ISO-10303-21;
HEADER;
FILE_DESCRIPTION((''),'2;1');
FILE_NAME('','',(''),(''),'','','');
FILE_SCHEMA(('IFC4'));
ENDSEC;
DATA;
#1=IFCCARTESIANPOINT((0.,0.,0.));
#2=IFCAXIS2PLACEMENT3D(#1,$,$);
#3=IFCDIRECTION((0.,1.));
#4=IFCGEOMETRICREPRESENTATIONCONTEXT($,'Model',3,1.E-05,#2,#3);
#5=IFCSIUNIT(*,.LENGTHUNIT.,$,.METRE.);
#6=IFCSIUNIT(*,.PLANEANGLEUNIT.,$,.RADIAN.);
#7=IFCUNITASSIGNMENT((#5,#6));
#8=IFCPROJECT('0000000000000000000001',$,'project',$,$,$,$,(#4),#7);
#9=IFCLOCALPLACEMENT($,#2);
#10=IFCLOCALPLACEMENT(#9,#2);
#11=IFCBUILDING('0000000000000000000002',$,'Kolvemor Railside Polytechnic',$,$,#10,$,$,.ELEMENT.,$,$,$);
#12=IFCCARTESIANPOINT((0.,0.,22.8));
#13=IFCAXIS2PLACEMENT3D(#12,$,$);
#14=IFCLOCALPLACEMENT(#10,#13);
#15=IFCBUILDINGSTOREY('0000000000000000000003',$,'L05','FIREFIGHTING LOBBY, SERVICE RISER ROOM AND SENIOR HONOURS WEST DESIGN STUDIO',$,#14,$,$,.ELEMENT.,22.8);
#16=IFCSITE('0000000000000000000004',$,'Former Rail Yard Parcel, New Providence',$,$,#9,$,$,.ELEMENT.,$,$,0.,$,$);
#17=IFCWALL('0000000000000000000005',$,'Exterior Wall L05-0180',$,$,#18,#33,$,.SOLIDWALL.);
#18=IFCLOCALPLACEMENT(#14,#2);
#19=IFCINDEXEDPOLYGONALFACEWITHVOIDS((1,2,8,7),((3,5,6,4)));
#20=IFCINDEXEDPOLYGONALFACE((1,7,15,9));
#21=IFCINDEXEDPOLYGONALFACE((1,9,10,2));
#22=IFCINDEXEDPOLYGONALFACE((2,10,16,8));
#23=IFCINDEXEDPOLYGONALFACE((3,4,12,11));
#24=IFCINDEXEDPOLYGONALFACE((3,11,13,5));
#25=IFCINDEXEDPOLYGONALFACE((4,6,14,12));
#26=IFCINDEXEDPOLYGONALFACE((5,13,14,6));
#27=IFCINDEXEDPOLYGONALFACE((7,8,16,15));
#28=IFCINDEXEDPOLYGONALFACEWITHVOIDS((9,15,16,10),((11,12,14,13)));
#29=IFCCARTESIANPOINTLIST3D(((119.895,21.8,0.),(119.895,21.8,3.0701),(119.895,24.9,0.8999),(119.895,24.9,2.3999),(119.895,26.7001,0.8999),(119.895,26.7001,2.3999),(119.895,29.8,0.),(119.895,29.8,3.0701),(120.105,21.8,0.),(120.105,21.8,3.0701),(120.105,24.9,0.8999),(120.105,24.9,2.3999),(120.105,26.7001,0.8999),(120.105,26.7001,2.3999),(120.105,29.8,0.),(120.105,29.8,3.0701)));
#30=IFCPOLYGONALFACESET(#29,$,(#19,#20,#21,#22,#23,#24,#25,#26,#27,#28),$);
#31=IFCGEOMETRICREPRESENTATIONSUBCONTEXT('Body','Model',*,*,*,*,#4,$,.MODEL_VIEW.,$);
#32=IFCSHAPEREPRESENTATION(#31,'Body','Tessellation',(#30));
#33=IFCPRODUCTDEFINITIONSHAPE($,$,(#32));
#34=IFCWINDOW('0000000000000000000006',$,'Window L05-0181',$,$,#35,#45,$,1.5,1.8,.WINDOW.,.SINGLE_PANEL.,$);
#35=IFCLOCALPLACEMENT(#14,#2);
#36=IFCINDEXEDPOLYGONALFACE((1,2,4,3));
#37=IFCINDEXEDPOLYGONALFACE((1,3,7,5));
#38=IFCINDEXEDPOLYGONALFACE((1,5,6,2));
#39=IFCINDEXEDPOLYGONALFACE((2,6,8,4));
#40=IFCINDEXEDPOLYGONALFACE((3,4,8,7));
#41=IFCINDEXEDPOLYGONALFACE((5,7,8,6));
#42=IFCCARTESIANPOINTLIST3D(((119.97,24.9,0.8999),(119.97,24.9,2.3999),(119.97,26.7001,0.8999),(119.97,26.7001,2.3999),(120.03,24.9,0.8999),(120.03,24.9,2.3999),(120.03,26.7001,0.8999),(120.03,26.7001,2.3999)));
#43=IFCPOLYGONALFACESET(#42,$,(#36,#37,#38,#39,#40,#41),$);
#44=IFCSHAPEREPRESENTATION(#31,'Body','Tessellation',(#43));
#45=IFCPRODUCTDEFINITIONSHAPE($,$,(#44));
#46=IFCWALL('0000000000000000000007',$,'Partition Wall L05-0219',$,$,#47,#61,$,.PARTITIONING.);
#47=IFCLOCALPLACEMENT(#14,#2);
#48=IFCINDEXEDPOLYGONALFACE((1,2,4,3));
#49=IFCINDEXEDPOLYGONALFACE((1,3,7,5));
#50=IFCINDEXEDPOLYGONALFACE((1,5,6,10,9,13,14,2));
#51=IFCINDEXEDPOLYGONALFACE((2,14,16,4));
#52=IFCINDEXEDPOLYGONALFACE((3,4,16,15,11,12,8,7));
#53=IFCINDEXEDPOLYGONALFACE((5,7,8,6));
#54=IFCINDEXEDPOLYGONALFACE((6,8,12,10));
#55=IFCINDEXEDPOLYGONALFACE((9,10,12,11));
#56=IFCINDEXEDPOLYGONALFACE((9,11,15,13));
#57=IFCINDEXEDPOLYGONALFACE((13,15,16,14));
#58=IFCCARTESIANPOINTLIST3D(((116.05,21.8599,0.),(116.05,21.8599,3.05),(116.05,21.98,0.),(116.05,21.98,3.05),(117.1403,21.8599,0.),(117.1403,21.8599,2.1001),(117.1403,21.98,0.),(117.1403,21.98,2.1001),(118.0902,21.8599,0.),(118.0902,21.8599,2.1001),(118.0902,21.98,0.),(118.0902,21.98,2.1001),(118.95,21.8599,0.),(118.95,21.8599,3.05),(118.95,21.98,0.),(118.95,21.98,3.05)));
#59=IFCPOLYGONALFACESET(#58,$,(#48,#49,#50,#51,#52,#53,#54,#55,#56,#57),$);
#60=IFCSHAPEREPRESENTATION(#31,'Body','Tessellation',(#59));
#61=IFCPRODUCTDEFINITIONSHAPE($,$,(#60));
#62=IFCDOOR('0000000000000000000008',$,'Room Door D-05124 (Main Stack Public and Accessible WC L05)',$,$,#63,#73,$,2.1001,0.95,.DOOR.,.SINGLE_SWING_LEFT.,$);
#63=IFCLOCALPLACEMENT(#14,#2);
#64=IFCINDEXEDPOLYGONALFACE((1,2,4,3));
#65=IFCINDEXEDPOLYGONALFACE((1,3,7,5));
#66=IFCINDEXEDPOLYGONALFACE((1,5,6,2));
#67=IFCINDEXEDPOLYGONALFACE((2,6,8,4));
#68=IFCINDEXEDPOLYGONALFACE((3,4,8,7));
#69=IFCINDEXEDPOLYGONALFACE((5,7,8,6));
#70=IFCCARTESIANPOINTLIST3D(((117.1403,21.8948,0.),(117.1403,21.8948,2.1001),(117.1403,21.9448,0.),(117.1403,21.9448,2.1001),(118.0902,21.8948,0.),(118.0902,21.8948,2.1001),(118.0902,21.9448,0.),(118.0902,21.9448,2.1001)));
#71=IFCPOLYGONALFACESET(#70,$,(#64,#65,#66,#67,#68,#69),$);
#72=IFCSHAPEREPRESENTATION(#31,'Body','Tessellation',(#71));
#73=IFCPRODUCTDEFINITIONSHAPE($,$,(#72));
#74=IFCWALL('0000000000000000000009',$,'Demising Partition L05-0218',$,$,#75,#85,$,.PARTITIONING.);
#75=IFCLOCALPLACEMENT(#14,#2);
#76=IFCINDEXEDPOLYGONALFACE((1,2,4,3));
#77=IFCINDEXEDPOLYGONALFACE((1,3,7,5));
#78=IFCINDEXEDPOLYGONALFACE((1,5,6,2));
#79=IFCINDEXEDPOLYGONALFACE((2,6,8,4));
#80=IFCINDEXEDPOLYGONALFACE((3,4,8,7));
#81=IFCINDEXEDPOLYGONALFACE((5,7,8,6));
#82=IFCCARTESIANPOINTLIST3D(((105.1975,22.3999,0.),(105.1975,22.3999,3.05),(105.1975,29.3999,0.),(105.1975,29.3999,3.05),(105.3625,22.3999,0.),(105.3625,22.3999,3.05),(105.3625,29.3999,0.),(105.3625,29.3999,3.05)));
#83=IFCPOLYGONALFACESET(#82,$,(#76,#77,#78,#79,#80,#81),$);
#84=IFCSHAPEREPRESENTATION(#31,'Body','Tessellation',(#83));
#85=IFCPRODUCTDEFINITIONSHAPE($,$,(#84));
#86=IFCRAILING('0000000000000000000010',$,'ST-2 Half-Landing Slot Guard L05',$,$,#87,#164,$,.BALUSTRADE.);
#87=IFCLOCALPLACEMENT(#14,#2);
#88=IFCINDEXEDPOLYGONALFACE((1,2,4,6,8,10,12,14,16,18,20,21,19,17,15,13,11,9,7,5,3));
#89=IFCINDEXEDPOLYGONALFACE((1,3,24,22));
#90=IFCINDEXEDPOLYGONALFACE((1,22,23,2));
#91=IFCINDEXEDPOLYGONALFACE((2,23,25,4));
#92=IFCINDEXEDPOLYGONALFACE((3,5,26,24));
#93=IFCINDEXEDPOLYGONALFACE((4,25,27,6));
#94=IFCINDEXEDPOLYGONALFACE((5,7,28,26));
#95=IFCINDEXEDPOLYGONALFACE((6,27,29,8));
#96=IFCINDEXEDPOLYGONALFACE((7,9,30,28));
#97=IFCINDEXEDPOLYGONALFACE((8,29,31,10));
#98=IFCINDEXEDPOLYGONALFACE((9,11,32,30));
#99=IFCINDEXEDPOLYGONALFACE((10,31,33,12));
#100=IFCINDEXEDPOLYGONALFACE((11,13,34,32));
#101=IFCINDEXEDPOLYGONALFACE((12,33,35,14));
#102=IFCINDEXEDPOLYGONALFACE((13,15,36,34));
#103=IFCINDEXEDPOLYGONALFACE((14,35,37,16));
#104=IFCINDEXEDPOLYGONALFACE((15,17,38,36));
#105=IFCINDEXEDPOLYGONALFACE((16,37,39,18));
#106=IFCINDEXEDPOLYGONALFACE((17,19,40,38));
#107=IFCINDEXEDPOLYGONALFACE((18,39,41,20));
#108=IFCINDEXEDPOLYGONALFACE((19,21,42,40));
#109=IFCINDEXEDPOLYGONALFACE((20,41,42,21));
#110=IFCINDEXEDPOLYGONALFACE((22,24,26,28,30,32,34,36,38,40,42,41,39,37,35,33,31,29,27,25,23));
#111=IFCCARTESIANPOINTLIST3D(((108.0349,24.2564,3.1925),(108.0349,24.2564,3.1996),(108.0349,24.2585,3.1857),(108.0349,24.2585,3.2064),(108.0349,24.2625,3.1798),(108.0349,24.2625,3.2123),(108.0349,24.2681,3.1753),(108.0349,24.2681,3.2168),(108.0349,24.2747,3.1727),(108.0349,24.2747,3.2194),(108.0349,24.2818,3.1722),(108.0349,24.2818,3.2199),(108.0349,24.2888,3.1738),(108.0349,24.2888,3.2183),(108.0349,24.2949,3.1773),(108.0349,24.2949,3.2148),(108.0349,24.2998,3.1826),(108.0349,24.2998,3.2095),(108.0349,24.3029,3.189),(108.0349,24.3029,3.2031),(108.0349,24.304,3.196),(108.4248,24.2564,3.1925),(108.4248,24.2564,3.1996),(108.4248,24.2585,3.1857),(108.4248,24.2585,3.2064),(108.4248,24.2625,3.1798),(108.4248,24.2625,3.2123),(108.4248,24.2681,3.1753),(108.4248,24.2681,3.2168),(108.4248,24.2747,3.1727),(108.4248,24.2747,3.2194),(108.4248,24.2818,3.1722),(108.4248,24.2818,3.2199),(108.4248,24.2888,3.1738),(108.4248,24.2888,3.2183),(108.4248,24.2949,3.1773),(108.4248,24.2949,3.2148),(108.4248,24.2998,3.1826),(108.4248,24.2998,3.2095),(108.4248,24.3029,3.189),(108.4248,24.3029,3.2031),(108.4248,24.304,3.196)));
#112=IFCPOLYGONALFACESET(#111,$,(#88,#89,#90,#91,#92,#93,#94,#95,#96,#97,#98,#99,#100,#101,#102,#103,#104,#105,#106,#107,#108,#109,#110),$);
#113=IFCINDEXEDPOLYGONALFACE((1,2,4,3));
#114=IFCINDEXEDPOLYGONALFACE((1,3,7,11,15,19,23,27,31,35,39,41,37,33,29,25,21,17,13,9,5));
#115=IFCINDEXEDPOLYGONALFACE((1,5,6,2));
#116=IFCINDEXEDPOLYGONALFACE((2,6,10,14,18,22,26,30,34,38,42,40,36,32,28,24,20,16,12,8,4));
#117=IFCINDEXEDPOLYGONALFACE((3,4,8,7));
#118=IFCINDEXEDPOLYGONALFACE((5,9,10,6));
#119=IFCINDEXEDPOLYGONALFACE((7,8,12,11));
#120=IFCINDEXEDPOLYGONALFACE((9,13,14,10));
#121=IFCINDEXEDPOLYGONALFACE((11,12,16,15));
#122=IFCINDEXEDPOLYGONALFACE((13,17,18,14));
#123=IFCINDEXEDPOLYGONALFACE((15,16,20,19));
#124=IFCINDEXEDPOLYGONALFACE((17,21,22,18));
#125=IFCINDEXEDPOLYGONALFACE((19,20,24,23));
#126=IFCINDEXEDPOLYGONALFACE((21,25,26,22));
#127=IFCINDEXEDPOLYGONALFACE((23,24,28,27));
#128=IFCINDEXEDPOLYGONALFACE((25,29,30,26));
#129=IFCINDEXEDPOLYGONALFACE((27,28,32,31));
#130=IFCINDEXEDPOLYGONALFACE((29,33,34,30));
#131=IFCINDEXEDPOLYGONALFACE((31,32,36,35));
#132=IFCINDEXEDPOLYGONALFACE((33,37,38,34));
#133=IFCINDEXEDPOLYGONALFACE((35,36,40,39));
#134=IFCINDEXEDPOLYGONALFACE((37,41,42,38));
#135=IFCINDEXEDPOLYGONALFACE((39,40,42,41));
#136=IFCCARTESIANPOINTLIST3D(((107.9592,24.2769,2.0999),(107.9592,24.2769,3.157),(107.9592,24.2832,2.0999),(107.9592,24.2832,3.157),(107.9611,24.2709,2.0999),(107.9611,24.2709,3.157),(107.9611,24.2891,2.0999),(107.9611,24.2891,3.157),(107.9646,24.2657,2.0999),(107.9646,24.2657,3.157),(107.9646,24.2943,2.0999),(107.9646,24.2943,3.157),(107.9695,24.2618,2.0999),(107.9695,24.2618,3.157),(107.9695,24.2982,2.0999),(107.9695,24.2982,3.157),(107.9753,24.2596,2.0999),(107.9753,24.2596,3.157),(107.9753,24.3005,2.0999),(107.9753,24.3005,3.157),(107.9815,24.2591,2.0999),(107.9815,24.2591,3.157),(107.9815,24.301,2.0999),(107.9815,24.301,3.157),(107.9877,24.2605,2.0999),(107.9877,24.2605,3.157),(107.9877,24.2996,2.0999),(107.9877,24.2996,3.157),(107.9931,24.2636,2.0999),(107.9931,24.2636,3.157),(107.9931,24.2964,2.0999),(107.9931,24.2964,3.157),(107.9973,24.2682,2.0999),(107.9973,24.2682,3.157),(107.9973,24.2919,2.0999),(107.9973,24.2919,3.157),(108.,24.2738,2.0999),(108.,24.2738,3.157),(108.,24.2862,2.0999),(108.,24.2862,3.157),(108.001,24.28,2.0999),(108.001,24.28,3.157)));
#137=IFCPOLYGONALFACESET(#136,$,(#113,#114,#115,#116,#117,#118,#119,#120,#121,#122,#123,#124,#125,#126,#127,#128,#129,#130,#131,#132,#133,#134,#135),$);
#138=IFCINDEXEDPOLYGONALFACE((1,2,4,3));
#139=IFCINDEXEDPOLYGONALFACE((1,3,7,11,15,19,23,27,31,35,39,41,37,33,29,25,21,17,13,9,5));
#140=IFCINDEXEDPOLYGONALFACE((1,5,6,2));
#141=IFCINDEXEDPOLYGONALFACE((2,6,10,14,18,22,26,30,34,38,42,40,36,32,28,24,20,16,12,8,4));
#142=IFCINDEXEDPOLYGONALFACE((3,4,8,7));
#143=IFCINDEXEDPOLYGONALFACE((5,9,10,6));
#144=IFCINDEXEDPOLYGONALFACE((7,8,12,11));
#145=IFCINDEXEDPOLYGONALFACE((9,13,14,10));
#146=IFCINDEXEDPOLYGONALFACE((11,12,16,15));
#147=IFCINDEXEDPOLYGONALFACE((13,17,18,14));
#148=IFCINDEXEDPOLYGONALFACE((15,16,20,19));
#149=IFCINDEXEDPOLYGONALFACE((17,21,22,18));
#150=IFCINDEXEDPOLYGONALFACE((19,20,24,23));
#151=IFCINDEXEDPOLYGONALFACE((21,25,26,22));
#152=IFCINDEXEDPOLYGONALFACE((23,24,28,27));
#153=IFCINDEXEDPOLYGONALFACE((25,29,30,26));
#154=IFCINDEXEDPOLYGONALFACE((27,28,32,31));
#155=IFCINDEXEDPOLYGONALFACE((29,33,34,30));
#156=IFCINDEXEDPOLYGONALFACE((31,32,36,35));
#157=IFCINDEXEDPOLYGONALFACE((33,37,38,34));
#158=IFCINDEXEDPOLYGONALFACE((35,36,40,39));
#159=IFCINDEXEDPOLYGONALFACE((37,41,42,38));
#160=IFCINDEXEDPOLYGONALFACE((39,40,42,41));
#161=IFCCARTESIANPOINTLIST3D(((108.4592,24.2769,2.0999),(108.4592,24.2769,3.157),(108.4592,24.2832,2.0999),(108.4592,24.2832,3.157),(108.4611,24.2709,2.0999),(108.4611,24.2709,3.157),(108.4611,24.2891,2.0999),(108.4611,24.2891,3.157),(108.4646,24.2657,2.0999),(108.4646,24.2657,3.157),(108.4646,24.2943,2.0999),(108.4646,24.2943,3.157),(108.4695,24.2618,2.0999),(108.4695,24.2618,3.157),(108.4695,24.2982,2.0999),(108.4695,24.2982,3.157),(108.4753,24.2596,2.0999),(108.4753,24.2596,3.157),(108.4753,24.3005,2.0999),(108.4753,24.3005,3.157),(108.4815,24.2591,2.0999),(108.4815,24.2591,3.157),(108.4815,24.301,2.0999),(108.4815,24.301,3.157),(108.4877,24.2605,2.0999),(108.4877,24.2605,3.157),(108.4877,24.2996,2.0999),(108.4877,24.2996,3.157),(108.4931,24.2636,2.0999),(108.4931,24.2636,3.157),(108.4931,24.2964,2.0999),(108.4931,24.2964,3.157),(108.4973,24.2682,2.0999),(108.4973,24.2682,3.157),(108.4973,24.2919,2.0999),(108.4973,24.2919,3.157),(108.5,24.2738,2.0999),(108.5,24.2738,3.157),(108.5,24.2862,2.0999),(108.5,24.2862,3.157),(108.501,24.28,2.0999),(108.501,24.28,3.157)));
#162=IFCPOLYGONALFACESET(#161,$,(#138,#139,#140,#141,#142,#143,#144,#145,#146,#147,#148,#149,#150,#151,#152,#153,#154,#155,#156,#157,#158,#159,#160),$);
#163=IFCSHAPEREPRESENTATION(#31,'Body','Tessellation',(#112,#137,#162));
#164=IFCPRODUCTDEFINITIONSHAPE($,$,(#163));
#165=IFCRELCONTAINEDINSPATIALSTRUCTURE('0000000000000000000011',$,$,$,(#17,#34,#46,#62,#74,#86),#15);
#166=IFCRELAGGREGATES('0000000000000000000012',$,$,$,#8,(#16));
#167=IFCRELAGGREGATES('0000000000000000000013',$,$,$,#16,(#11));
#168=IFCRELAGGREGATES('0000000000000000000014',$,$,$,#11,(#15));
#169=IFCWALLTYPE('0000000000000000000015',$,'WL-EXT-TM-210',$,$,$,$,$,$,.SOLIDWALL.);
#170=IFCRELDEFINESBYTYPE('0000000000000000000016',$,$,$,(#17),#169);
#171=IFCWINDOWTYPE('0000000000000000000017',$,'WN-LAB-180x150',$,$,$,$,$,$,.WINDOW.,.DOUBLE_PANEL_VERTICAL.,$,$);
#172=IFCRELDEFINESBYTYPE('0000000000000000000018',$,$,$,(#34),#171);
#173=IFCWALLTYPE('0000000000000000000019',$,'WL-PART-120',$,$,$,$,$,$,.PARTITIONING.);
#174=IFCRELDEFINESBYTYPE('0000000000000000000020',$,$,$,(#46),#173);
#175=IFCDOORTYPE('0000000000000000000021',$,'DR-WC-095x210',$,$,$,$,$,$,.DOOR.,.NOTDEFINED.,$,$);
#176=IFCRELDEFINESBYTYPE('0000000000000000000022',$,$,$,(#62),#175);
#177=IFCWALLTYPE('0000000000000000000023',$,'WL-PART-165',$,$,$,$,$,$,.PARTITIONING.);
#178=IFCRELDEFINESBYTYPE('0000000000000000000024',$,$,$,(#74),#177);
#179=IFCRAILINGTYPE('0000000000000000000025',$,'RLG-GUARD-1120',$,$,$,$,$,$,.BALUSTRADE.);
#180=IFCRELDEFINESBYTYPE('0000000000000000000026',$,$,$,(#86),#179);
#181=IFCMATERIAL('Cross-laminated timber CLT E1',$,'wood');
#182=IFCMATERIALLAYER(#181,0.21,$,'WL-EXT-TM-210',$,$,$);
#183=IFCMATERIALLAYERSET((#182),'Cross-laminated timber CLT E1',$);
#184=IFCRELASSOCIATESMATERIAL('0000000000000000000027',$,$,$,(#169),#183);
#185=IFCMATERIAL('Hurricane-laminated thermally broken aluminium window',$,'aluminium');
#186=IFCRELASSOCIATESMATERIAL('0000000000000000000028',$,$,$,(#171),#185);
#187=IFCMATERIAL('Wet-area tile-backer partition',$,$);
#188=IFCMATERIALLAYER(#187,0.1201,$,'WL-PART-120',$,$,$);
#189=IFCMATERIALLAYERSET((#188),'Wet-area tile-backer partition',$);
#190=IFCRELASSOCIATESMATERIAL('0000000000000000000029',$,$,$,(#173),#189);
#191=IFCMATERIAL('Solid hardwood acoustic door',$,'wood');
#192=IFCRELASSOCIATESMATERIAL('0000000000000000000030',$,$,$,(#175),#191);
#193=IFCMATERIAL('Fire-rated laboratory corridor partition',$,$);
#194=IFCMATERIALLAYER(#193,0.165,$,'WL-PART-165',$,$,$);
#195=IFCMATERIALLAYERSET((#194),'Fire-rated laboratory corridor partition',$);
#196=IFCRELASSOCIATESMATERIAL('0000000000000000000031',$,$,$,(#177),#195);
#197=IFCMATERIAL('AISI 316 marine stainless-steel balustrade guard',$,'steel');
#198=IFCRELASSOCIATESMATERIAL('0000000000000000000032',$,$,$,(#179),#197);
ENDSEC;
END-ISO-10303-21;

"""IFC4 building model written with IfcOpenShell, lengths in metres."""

from ifc_helpers import new_model, si_unit, direction, frame, frame_2d, origin, origin_2d, place, context, subcontext, project, spatial, rectangle, circle, extrude, material, layer, layer_set, type_object, element, fill, save


model = new_model("IFC4")

# Units and contexts
model_context = context("Model", 3, precision=1e-05, world=origin(), true_north=direction((0.0, 1.0)))
body_context = subcontext(model_context, "Body", "Model", "MODEL_VIEW")
ifc_project = project(units=[si_unit("LENGTHUNIT", "METRE"), si_unit("PLANEANGLEUNIT", "RADIAN")], contexts=[model_context])

# Site, building, storey
site_placement = place(None, origin())
site = spatial("IfcSite", under=ifc_project, at=site_placement, Name="Former Rail Yard Parcel, New Providence", CompositionType="ELEMENT", RefElevation=0.0)
building_placement = place(site_placement, origin())
building = spatial("IfcBuilding", under=site, at=building_placement, Name="Kolvemor Railside Polytechnic", CompositionType="ELEMENT")
storey_placement = place(building_placement, frame((0.0, 0.0, 22.8)))
storey = spatial("IfcBuildingStorey", under=building, at=storey_placement, Name="L05", Description="FIREFIGHTING LOBBY, SERVICE RISER ROOM AND SENIOR HONOURS WEST DESIGN STUDIO", CompositionType="ELEMENT", Elevation=22.8)

# Shared definitions
ifc_material_1 = material(Name="Cross-laminated timber CLT E1", Category="wood")
ifc_layer_1 = layer(ifc_material_1, 0.21, Name="WL-EXT-TM-210")
ifc_layer_set_1 = layer_set([ifc_layer_1], Name="Cross-laminated timber CLT E1")
wall_type_1 = type_object("IfcWallType", Name="WL-EXT-TM-210", PredefinedType="SOLIDWALL", material=ifc_layer_set_1)

# Wall, opening, window
wall_1_placement = place(storey_placement, frame((120.0, 21.8, 0.0), z_axis=(0.0, 0.0, 1.0), x_axis=(0.0, 1.0, 0.0)))
wall_1 = element("IfcWall", 1, at=wall_1_placement, inside=storey, type_object=wall_type_1, Name="Exterior Wall L05-0180", PredefinedType="SOLIDWALL", context=body_context, shape_type="SweptSolid", body=[
    extrude(rectangle(XDim=8.0, YDim=0.21, at=frame_2d((4.0, 0.0))), origin(), (0.0, 0.0, 1.0), 3.0701),
])
opening_1_placement = place(wall_1_placement, frame((3.1001, 0.0, 0.8999)))
opening_1 = element("IfcOpeningElement", 2, at=opening_1_placement, cuts=wall_1, PredefinedType="OPENING", context=body_context, shape_type="SweptSolid", body=[
    extrude(rectangle(XDim=1.8, YDim=1.5, at=frame_2d((0.8999, 0.75))), frame((0.0, 0.115, 0.0), z_axis=(0.0, -1.0, 0.0), x_axis=(1.0, 0.0, 0.0)), (0.0, 0.0, 1.0), 0.23),
])
ifc_material_2 = material(Name="Hurricane-laminated thermally broken aluminium window", Category="aluminium")
window_type = type_object("IfcWindowType", Name="WN-LAB-180x150", PartitioningType="DOUBLE_PANEL_VERTICAL", PredefinedType="WINDOW", material=ifc_material_2)
window_placement = place(opening_1_placement, origin())
window = element("IfcWindow", 3, at=window_placement, inside=storey, type_object=window_type, Name="Window L05-0181", OverallHeight=1.5, OverallWidth=1.8, PartitioningType="SINGLE_PANEL", PredefinedType="WINDOW", context=body_context, shape_type="SweptSolid", body=[
    extrude(rectangle(XDim=1.8, YDim=1.5, at=frame_2d((0.8999, 0.75))), frame((0.0, 0.03, 0.0), z_axis=(0.0, -1.0, 0.0), x_axis=(1.0, 0.0, 0.0)), (0.0, 0.0, 1.0), 0.0601),
])
fill(opening_1, window)

# Wall, opening, door
ifc_material_3 = material(Name="Wet-area tile-backer partition")
ifc_layer_2 = layer(ifc_material_3, 0.1201, Name="WL-PART-120")
ifc_layer_set_2 = layer_set([ifc_layer_2], Name="Wet-area tile-backer partition")
wall_type_2 = type_object("IfcWallType", Name="WL-PART-120", PredefinedType="PARTITIONING", material=ifc_layer_set_2)
wall_2_placement = place(storey_placement, frame((116.05, 21.9199, 0.0), z_axis=(0.0, 0.0, 1.0), x_axis=(1.0, 0.0, 0.0)))
wall_2 = element("IfcWall", 4, at=wall_2_placement, inside=storey, type_object=wall_type_2, Name="Partition Wall L05-0219", PredefinedType="PARTITIONING", context=body_context, shape_type="SweptSolid", body=[
    extrude(rectangle(XDim=2.8999, YDim=0.1201, at=frame_2d((1.45, 0.0))), origin(), (0.0, 0.0, 1.0), 3.05),
])
opening_2_placement = place(wall_2_placement, frame((1.0901, 0.0, 0.0)))
opening_2 = element("IfcOpeningElement", 5, at=opening_2_placement, cuts=wall_2, PredefinedType="OPENING", context=body_context, shape_type="SweptSolid", body=[
    extrude(rectangle(XDim=0.95, YDim=2.1001, at=frame_2d((0.4751, 1.05))), frame((0.0, 0.0701, 0.0), z_axis=(0.0, -1.0, 0.0), x_axis=(1.0, 0.0, 0.0)), (0.0, 0.0, 1.0), 0.1401),
])
ifc_material_4 = material(Name="Solid hardwood acoustic door", Category="wood")
door_type_1 = type_object("IfcDoorType", Name="DR-WC-095x210", OperationType="NOTDEFINED", PredefinedType="DOOR", material=ifc_material_4)
door_1_placement = place(opening_2_placement, origin())
door_1 = element("IfcDoor", 6, at=door_1_placement, inside=storey, type_object=door_type_1, Name="Room Door D-05124 (Main Stack Public and Accessible WC L05)", OperationType="SINGLE_SWING_LEFT", OverallHeight=2.1001, OverallWidth=0.95, PredefinedType="DOOR", context=body_context, shape_type="SweptSolid", body=[
    extrude(rectangle(XDim=0.95, YDim=2.1001, at=frame_2d((0.4751, 1.05))), frame((0.0, 0.0249, 0.0), z_axis=(0.0, -1.0, 0.0), x_axis=(1.0, 0.0, 0.0)), (0.0, 0.0, 1.0), 0.05),
])
fill(opening_2, door_1)

# Wall
ifc_material_5 = material(Name="Fire-rated laboratory corridor partition")
ifc_layer_3 = layer(ifc_material_5, 0.165, Name="WL-PART-165")
ifc_layer_set_3 = layer_set([ifc_layer_3], Name="Fire-rated laboratory corridor partition")
wall_type_3 = type_object("IfcWallType", Name="WL-PART-165", PredefinedType="PARTITIONING", material=ifc_layer_set_3)
wall_3_placement = place(storey_placement, frame((105.28, 22.3999, 0.0), z_axis=(0.0, 0.0, 1.0), x_axis=(0.0, 1.0, 0.0)))
element("IfcWall", 7, at=wall_3_placement, inside=storey, type_object=wall_type_3, Name="Demising Partition L05-0218", PredefinedType="PARTITIONING", context=body_context, shape_type="SweptSolid", body=[
    extrude(rectangle(XDim=7.0, YDim=0.165, at=frame_2d((3.5, 0.0))), origin(), (0.0, 0.0, 1.0), 3.05),
])

# Railing
ifc_material_6 = material(Name="AISI 316 marine stainless-steel balustrade guard", Category="steel")
railing_type = type_object("IfcRailingType", Name="RLG-GUARD-1120", PredefinedType="BALUSTRADE", material=ifc_material_6)
railing_1_placement = place(storey_placement, frame((107.98, 24.28, 2.0999)))
element("IfcRailing", 8, at=railing_1_placement, inside=storey, type_object=railing_type, Name="ST-2 Half-Landing Slot Guard L05", PredefinedType="BALUSTRADE", context=body_context, shape_type="SweptSolid", body=[
    extrude(circle(Radius=0.0239, at=origin_2d()), frame((0.0549, 0.0, 1.0962), z_axis=(1.0, 0.0, 0.0), x_axis=(0.0, 1.0, 0.0)), (0.0, 0.0, 1.0), 0.3899),
    extrude(circle(Radius=0.021, at=origin_2d()), origin(), (0.0, 0.0, 1.0), 1.0571),
    extrude(circle(Radius=0.021, at=origin_2d()), frame((0.5, 0.0, 0.0)), (0.0, 0.0, 1.0), 1.0571),
])

save(model, "model.ifc")
